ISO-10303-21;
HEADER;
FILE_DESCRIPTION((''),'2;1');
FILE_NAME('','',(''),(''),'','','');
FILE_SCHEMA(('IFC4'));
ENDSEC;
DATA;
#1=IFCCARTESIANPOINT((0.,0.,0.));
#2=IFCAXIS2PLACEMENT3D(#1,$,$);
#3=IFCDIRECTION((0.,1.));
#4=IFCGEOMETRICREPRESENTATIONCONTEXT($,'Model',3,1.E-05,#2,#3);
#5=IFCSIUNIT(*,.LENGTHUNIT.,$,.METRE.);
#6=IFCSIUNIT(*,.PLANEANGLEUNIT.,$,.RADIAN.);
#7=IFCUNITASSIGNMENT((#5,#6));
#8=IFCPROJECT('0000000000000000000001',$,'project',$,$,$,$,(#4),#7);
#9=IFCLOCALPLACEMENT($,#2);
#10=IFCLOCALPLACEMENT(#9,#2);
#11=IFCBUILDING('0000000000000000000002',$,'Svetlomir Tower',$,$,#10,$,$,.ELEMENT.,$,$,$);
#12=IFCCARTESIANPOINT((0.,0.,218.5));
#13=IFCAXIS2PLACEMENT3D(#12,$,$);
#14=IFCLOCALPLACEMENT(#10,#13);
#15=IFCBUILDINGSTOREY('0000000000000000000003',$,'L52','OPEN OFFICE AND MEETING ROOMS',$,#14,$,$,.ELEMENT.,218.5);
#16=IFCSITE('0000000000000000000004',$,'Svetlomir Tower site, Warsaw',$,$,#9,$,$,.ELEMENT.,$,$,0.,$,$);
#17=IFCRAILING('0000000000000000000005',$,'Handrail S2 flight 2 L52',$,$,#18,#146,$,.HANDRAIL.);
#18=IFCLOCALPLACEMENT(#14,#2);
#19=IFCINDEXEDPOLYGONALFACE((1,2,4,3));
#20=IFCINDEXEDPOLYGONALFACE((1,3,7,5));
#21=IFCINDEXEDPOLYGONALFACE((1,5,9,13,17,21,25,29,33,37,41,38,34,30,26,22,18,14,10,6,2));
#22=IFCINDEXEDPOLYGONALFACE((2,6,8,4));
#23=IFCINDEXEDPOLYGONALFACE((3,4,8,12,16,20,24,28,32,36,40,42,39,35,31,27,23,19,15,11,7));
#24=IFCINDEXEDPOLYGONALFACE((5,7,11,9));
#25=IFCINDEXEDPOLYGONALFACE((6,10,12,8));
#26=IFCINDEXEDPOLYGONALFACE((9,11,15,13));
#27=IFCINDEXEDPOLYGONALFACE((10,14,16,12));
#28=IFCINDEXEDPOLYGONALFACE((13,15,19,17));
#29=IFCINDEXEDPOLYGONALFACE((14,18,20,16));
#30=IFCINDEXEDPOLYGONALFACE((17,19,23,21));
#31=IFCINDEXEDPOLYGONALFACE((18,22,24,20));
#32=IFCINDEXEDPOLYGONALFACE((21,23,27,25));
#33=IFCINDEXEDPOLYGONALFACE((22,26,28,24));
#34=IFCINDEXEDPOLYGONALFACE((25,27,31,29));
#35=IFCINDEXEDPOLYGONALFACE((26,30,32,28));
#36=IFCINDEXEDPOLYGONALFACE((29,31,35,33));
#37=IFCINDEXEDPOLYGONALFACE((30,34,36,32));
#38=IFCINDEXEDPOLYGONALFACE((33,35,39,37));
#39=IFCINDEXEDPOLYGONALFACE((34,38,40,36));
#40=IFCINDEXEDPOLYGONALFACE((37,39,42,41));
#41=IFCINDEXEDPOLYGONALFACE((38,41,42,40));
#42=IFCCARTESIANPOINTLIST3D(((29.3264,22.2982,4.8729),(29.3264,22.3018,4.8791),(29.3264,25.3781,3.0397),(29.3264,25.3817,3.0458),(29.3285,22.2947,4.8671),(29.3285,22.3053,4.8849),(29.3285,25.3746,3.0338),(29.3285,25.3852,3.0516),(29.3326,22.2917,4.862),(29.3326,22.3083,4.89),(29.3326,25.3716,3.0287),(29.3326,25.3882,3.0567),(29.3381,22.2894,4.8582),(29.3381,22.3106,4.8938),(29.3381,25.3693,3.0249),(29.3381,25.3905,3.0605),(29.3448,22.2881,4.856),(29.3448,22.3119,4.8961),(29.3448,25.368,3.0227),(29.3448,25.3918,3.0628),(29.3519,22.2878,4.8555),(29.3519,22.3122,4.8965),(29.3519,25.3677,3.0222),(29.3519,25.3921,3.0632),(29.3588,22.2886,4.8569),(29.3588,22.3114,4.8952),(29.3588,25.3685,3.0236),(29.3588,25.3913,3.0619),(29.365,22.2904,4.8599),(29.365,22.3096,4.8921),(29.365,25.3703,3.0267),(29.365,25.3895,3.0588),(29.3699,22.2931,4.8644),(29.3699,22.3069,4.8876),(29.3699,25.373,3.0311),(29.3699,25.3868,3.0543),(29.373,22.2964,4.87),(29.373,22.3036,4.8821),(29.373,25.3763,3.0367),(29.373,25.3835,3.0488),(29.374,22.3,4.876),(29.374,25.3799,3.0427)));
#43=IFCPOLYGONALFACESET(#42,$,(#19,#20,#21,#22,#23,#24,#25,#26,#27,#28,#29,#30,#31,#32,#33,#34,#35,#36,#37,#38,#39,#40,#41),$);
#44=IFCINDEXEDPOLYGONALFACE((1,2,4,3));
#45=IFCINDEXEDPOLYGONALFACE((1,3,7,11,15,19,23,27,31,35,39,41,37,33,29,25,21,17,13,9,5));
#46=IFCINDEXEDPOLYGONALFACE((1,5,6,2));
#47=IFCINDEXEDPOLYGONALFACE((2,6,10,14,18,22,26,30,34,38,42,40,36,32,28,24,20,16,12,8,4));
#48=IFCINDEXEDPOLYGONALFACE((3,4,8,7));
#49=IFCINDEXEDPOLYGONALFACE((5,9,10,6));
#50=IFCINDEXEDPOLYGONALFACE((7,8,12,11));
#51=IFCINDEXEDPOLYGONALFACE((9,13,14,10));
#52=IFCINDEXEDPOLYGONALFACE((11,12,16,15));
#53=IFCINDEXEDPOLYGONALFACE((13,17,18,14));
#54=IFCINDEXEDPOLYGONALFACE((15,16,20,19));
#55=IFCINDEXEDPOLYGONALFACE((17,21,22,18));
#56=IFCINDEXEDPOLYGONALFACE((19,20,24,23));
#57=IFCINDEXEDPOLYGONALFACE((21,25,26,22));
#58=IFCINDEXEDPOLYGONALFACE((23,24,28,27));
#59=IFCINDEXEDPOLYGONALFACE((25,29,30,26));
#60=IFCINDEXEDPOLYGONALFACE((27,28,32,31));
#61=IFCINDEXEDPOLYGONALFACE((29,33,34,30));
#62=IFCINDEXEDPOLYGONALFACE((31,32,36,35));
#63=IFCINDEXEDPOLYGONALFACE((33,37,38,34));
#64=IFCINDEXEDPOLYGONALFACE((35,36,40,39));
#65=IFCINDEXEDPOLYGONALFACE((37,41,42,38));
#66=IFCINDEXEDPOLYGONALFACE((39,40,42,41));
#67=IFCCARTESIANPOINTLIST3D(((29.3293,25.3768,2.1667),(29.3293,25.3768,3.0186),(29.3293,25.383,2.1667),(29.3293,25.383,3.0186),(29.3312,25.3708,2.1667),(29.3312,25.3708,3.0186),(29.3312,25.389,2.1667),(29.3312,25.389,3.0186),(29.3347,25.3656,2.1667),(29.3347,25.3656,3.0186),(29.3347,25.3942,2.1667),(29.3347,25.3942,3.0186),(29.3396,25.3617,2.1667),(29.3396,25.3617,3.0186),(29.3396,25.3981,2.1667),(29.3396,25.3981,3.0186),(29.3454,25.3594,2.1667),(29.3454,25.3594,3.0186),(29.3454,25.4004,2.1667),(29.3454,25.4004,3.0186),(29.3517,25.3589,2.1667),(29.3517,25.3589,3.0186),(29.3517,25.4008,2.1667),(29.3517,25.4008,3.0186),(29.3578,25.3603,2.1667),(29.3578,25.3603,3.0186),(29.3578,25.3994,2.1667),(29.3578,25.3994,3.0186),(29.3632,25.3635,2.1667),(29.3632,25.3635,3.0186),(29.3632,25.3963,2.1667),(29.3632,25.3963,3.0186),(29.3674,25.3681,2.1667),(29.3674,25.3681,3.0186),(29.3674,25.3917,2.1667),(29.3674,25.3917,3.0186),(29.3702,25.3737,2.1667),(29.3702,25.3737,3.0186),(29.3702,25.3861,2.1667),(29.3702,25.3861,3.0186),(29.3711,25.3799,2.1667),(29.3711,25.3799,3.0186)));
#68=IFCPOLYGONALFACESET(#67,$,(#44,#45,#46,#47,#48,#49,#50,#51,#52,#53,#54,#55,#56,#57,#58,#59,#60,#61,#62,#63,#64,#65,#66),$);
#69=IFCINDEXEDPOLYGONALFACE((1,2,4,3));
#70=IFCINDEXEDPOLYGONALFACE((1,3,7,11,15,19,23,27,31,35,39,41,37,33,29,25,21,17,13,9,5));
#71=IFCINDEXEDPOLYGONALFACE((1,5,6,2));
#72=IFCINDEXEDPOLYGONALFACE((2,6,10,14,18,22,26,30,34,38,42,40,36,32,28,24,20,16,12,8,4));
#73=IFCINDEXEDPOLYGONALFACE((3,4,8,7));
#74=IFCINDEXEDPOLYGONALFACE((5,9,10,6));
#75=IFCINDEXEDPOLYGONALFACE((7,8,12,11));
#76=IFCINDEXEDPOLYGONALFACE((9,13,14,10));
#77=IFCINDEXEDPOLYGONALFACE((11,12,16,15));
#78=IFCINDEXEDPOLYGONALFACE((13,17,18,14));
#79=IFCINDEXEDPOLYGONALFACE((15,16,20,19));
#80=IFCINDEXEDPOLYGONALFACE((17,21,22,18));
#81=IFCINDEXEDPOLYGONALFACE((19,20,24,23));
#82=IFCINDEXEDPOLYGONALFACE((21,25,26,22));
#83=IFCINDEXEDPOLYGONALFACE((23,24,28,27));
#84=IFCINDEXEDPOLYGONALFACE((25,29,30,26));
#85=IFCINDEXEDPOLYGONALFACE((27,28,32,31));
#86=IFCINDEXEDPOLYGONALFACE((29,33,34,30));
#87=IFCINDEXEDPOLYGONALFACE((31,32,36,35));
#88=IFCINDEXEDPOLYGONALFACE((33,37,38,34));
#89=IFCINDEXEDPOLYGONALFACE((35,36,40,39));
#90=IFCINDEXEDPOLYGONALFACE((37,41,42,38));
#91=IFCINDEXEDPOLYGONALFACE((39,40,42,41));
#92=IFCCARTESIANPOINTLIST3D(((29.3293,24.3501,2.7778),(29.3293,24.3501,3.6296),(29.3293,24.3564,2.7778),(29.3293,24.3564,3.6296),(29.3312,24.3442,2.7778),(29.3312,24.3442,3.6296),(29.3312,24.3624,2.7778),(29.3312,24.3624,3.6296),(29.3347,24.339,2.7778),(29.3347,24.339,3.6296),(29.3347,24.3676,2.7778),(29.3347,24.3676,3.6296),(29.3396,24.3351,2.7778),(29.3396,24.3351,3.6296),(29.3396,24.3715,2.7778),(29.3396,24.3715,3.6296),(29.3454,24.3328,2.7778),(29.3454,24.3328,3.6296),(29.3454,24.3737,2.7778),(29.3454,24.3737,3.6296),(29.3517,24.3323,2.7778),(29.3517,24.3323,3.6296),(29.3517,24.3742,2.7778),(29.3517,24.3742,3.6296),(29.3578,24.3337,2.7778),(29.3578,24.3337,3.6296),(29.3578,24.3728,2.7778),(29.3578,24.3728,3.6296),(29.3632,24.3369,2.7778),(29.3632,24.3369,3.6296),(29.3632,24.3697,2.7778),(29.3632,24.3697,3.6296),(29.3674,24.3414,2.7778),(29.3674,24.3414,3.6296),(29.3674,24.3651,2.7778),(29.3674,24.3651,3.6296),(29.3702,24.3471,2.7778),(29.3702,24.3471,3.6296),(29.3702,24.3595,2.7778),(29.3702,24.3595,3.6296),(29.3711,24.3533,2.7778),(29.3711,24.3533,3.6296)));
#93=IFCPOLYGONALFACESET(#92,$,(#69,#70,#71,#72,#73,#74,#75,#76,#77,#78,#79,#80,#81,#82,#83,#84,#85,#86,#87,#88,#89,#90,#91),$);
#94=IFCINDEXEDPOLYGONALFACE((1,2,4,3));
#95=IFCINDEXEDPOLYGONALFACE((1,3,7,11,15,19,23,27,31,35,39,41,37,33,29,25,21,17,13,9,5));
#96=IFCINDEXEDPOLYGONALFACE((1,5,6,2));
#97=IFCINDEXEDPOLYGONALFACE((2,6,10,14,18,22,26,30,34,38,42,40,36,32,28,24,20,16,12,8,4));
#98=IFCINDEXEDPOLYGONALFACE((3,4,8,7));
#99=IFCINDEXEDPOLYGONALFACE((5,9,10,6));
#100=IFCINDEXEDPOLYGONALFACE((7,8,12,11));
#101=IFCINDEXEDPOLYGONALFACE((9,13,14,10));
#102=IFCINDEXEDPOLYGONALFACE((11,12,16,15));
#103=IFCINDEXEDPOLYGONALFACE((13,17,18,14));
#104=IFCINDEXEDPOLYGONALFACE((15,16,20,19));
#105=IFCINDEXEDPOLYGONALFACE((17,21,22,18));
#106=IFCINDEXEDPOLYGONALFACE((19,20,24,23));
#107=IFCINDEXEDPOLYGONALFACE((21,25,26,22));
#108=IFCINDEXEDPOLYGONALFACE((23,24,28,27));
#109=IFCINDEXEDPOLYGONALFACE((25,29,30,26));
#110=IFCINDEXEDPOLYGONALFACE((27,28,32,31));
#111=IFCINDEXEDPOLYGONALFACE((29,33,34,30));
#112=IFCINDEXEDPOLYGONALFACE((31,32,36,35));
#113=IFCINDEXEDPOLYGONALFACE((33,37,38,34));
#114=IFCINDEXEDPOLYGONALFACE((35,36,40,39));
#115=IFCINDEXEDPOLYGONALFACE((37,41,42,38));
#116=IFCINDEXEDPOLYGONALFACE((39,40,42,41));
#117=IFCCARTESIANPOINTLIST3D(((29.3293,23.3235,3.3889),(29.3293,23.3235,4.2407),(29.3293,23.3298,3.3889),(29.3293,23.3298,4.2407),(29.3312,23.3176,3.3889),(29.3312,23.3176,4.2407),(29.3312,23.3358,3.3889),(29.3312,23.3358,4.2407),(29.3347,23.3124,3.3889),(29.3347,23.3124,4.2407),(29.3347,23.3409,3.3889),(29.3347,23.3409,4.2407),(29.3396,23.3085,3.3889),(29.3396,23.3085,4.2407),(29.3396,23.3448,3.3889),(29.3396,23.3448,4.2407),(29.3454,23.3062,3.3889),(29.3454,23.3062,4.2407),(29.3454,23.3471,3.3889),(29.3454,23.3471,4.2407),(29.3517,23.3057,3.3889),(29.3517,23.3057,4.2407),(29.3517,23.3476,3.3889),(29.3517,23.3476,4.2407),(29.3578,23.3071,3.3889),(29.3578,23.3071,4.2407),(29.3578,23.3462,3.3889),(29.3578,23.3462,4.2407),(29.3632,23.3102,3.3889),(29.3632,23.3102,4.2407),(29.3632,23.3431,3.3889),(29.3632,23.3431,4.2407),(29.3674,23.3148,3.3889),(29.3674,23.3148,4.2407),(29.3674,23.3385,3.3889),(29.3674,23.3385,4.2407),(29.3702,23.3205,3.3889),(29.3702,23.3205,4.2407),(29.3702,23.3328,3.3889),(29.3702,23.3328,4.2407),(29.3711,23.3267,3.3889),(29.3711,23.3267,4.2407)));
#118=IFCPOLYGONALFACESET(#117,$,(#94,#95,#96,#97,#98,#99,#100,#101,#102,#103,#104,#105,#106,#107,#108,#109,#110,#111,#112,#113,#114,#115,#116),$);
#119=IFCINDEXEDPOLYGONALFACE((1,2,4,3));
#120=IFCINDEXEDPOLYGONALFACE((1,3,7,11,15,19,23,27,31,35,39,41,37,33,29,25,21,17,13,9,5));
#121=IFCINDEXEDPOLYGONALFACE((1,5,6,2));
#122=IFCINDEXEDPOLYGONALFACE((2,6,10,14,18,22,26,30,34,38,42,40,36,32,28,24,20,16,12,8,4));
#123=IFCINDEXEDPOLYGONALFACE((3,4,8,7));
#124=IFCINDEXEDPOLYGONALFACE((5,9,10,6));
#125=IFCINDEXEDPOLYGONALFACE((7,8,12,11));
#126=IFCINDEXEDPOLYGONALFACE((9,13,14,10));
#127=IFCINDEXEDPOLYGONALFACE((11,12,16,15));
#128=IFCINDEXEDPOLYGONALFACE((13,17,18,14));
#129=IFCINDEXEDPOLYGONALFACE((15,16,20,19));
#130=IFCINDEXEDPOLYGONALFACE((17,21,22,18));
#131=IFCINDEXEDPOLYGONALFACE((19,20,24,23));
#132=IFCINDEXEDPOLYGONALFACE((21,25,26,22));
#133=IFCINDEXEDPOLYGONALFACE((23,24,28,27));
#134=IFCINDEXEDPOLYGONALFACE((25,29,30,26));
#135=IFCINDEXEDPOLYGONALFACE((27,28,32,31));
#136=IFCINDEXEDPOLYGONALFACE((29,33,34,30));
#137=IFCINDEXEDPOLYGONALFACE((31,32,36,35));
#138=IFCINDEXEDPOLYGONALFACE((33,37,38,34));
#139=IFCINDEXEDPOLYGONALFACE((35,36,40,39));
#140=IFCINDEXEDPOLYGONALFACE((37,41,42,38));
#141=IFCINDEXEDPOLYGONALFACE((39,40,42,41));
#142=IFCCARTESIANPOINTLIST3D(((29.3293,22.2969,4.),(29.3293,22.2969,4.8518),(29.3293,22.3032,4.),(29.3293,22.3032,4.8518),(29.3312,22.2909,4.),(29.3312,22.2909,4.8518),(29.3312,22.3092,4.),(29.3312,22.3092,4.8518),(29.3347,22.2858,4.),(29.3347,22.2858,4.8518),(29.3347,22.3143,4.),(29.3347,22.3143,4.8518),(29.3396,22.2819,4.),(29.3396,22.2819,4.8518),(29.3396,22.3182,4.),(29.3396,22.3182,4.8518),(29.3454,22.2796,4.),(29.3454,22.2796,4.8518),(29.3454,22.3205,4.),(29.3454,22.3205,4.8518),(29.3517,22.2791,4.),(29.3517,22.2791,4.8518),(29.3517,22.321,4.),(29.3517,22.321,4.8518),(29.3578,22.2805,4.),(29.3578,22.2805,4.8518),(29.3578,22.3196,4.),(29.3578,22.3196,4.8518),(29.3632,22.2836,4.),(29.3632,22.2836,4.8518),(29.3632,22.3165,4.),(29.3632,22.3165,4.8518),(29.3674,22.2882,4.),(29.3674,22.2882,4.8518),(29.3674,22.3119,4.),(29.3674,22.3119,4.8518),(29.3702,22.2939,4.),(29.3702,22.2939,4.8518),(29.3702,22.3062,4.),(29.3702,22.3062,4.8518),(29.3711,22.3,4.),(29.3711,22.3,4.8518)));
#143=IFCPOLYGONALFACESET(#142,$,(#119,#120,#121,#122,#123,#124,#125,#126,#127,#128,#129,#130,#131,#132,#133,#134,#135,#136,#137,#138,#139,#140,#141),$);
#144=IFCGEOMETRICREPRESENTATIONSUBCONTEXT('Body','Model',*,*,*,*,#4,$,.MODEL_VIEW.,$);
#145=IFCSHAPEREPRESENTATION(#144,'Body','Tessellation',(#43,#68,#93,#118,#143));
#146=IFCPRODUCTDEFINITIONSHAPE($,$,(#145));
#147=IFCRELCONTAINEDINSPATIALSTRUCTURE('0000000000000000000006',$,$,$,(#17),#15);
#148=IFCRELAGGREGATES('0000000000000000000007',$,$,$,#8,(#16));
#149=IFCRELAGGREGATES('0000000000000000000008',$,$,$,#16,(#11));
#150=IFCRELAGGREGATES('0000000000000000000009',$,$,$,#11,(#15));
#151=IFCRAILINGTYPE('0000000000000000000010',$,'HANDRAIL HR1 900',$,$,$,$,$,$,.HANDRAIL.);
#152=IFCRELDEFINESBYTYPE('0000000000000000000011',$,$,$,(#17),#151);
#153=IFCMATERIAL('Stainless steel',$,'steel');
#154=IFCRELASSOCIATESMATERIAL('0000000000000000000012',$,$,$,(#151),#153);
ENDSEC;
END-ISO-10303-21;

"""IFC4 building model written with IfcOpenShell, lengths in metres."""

from ifc_helpers import new_model, si_unit, direction, frame, origin, origin_2d, place, context, subcontext, project, spatial, circle, extrude, material, type_object, element, save


model = new_model("IFC4")

# Units and contexts
model_context = context("Model", 3, precision=1e-05, world=origin(), true_north=direction((0.0, 1.0)))
body_context = subcontext(model_context, "Body", "Model", "MODEL_VIEW")
ifc_project = project(units=[si_unit("LENGTHUNIT", "METRE"), si_unit("PLANEANGLEUNIT", "RADIAN")], contexts=[model_context])

# Site, building, storey
site_placement = place(None, origin())
site = spatial("IfcSite", under=ifc_project, at=site_placement, Name="Svetlomir Tower site, Warsaw", CompositionType="ELEMENT", RefElevation=0.0)
building_placement = place(site_placement, origin())
building = spatial("IfcBuilding", under=site, at=building_placement, Name="Svetlomir Tower", CompositionType="ELEMENT")
storey_placement = place(building_placement, frame((0.0, 0.0, 218.5)))
storey = spatial("IfcBuildingStorey", under=building, at=storey_placement, Name="L52", Description="OPEN OFFICE AND MEETING ROOMS", CompositionType="ELEMENT", Elevation=218.5)

# Railing
ifc_material_1 = material(Name="Stainless steel", Category="steel")
railing_type = type_object("IfcRailingType", Name="HANDRAIL HR1 900", PredefinedType="HANDRAIL", material=ifc_material_1)
railing_1_placement = place(storey_placement, frame((29.3501, 25.3799, 2.1667)))
element("IfcRailing", 1, at=railing_1_placement, inside=storey, type_object=railing_type, Name="Handrail S2 flight 2 L52", PredefinedType="HANDRAIL", context=body_context, shape_type="SweptSolid", body=[
    extrude(circle(Radius=0.0239, at=origin_2d()), frame((0.0, 0.0, 0.876), z_axis=(0.0, -0.859291, 0.511487), x_axis=(1.0, 0.0, 0.0)), (0.0, 0.0, 1.0), 3.5842),
    extrude(circle(Radius=0.021, at=origin_2d()), origin(), (0.0, 0.0, 1.0), 0.8518),
    extrude(circle(Radius=0.021, at=origin_2d()), frame((0.0, -1.0266, 0.6111)), (0.0, 0.0, 1.0), 0.8518),
    extrude(circle(Radius=0.021, at=origin_2d()), frame((0.0, -2.0532, 1.2222)), (0.0, 0.0, 1.0), 0.8518),
    extrude(circle(Radius=0.021, at=origin_2d()), frame((0.0, -3.0798, 1.8333)), (0.0, 0.0, 1.0), 0.8518),
])

save(model, "model.ifc")
